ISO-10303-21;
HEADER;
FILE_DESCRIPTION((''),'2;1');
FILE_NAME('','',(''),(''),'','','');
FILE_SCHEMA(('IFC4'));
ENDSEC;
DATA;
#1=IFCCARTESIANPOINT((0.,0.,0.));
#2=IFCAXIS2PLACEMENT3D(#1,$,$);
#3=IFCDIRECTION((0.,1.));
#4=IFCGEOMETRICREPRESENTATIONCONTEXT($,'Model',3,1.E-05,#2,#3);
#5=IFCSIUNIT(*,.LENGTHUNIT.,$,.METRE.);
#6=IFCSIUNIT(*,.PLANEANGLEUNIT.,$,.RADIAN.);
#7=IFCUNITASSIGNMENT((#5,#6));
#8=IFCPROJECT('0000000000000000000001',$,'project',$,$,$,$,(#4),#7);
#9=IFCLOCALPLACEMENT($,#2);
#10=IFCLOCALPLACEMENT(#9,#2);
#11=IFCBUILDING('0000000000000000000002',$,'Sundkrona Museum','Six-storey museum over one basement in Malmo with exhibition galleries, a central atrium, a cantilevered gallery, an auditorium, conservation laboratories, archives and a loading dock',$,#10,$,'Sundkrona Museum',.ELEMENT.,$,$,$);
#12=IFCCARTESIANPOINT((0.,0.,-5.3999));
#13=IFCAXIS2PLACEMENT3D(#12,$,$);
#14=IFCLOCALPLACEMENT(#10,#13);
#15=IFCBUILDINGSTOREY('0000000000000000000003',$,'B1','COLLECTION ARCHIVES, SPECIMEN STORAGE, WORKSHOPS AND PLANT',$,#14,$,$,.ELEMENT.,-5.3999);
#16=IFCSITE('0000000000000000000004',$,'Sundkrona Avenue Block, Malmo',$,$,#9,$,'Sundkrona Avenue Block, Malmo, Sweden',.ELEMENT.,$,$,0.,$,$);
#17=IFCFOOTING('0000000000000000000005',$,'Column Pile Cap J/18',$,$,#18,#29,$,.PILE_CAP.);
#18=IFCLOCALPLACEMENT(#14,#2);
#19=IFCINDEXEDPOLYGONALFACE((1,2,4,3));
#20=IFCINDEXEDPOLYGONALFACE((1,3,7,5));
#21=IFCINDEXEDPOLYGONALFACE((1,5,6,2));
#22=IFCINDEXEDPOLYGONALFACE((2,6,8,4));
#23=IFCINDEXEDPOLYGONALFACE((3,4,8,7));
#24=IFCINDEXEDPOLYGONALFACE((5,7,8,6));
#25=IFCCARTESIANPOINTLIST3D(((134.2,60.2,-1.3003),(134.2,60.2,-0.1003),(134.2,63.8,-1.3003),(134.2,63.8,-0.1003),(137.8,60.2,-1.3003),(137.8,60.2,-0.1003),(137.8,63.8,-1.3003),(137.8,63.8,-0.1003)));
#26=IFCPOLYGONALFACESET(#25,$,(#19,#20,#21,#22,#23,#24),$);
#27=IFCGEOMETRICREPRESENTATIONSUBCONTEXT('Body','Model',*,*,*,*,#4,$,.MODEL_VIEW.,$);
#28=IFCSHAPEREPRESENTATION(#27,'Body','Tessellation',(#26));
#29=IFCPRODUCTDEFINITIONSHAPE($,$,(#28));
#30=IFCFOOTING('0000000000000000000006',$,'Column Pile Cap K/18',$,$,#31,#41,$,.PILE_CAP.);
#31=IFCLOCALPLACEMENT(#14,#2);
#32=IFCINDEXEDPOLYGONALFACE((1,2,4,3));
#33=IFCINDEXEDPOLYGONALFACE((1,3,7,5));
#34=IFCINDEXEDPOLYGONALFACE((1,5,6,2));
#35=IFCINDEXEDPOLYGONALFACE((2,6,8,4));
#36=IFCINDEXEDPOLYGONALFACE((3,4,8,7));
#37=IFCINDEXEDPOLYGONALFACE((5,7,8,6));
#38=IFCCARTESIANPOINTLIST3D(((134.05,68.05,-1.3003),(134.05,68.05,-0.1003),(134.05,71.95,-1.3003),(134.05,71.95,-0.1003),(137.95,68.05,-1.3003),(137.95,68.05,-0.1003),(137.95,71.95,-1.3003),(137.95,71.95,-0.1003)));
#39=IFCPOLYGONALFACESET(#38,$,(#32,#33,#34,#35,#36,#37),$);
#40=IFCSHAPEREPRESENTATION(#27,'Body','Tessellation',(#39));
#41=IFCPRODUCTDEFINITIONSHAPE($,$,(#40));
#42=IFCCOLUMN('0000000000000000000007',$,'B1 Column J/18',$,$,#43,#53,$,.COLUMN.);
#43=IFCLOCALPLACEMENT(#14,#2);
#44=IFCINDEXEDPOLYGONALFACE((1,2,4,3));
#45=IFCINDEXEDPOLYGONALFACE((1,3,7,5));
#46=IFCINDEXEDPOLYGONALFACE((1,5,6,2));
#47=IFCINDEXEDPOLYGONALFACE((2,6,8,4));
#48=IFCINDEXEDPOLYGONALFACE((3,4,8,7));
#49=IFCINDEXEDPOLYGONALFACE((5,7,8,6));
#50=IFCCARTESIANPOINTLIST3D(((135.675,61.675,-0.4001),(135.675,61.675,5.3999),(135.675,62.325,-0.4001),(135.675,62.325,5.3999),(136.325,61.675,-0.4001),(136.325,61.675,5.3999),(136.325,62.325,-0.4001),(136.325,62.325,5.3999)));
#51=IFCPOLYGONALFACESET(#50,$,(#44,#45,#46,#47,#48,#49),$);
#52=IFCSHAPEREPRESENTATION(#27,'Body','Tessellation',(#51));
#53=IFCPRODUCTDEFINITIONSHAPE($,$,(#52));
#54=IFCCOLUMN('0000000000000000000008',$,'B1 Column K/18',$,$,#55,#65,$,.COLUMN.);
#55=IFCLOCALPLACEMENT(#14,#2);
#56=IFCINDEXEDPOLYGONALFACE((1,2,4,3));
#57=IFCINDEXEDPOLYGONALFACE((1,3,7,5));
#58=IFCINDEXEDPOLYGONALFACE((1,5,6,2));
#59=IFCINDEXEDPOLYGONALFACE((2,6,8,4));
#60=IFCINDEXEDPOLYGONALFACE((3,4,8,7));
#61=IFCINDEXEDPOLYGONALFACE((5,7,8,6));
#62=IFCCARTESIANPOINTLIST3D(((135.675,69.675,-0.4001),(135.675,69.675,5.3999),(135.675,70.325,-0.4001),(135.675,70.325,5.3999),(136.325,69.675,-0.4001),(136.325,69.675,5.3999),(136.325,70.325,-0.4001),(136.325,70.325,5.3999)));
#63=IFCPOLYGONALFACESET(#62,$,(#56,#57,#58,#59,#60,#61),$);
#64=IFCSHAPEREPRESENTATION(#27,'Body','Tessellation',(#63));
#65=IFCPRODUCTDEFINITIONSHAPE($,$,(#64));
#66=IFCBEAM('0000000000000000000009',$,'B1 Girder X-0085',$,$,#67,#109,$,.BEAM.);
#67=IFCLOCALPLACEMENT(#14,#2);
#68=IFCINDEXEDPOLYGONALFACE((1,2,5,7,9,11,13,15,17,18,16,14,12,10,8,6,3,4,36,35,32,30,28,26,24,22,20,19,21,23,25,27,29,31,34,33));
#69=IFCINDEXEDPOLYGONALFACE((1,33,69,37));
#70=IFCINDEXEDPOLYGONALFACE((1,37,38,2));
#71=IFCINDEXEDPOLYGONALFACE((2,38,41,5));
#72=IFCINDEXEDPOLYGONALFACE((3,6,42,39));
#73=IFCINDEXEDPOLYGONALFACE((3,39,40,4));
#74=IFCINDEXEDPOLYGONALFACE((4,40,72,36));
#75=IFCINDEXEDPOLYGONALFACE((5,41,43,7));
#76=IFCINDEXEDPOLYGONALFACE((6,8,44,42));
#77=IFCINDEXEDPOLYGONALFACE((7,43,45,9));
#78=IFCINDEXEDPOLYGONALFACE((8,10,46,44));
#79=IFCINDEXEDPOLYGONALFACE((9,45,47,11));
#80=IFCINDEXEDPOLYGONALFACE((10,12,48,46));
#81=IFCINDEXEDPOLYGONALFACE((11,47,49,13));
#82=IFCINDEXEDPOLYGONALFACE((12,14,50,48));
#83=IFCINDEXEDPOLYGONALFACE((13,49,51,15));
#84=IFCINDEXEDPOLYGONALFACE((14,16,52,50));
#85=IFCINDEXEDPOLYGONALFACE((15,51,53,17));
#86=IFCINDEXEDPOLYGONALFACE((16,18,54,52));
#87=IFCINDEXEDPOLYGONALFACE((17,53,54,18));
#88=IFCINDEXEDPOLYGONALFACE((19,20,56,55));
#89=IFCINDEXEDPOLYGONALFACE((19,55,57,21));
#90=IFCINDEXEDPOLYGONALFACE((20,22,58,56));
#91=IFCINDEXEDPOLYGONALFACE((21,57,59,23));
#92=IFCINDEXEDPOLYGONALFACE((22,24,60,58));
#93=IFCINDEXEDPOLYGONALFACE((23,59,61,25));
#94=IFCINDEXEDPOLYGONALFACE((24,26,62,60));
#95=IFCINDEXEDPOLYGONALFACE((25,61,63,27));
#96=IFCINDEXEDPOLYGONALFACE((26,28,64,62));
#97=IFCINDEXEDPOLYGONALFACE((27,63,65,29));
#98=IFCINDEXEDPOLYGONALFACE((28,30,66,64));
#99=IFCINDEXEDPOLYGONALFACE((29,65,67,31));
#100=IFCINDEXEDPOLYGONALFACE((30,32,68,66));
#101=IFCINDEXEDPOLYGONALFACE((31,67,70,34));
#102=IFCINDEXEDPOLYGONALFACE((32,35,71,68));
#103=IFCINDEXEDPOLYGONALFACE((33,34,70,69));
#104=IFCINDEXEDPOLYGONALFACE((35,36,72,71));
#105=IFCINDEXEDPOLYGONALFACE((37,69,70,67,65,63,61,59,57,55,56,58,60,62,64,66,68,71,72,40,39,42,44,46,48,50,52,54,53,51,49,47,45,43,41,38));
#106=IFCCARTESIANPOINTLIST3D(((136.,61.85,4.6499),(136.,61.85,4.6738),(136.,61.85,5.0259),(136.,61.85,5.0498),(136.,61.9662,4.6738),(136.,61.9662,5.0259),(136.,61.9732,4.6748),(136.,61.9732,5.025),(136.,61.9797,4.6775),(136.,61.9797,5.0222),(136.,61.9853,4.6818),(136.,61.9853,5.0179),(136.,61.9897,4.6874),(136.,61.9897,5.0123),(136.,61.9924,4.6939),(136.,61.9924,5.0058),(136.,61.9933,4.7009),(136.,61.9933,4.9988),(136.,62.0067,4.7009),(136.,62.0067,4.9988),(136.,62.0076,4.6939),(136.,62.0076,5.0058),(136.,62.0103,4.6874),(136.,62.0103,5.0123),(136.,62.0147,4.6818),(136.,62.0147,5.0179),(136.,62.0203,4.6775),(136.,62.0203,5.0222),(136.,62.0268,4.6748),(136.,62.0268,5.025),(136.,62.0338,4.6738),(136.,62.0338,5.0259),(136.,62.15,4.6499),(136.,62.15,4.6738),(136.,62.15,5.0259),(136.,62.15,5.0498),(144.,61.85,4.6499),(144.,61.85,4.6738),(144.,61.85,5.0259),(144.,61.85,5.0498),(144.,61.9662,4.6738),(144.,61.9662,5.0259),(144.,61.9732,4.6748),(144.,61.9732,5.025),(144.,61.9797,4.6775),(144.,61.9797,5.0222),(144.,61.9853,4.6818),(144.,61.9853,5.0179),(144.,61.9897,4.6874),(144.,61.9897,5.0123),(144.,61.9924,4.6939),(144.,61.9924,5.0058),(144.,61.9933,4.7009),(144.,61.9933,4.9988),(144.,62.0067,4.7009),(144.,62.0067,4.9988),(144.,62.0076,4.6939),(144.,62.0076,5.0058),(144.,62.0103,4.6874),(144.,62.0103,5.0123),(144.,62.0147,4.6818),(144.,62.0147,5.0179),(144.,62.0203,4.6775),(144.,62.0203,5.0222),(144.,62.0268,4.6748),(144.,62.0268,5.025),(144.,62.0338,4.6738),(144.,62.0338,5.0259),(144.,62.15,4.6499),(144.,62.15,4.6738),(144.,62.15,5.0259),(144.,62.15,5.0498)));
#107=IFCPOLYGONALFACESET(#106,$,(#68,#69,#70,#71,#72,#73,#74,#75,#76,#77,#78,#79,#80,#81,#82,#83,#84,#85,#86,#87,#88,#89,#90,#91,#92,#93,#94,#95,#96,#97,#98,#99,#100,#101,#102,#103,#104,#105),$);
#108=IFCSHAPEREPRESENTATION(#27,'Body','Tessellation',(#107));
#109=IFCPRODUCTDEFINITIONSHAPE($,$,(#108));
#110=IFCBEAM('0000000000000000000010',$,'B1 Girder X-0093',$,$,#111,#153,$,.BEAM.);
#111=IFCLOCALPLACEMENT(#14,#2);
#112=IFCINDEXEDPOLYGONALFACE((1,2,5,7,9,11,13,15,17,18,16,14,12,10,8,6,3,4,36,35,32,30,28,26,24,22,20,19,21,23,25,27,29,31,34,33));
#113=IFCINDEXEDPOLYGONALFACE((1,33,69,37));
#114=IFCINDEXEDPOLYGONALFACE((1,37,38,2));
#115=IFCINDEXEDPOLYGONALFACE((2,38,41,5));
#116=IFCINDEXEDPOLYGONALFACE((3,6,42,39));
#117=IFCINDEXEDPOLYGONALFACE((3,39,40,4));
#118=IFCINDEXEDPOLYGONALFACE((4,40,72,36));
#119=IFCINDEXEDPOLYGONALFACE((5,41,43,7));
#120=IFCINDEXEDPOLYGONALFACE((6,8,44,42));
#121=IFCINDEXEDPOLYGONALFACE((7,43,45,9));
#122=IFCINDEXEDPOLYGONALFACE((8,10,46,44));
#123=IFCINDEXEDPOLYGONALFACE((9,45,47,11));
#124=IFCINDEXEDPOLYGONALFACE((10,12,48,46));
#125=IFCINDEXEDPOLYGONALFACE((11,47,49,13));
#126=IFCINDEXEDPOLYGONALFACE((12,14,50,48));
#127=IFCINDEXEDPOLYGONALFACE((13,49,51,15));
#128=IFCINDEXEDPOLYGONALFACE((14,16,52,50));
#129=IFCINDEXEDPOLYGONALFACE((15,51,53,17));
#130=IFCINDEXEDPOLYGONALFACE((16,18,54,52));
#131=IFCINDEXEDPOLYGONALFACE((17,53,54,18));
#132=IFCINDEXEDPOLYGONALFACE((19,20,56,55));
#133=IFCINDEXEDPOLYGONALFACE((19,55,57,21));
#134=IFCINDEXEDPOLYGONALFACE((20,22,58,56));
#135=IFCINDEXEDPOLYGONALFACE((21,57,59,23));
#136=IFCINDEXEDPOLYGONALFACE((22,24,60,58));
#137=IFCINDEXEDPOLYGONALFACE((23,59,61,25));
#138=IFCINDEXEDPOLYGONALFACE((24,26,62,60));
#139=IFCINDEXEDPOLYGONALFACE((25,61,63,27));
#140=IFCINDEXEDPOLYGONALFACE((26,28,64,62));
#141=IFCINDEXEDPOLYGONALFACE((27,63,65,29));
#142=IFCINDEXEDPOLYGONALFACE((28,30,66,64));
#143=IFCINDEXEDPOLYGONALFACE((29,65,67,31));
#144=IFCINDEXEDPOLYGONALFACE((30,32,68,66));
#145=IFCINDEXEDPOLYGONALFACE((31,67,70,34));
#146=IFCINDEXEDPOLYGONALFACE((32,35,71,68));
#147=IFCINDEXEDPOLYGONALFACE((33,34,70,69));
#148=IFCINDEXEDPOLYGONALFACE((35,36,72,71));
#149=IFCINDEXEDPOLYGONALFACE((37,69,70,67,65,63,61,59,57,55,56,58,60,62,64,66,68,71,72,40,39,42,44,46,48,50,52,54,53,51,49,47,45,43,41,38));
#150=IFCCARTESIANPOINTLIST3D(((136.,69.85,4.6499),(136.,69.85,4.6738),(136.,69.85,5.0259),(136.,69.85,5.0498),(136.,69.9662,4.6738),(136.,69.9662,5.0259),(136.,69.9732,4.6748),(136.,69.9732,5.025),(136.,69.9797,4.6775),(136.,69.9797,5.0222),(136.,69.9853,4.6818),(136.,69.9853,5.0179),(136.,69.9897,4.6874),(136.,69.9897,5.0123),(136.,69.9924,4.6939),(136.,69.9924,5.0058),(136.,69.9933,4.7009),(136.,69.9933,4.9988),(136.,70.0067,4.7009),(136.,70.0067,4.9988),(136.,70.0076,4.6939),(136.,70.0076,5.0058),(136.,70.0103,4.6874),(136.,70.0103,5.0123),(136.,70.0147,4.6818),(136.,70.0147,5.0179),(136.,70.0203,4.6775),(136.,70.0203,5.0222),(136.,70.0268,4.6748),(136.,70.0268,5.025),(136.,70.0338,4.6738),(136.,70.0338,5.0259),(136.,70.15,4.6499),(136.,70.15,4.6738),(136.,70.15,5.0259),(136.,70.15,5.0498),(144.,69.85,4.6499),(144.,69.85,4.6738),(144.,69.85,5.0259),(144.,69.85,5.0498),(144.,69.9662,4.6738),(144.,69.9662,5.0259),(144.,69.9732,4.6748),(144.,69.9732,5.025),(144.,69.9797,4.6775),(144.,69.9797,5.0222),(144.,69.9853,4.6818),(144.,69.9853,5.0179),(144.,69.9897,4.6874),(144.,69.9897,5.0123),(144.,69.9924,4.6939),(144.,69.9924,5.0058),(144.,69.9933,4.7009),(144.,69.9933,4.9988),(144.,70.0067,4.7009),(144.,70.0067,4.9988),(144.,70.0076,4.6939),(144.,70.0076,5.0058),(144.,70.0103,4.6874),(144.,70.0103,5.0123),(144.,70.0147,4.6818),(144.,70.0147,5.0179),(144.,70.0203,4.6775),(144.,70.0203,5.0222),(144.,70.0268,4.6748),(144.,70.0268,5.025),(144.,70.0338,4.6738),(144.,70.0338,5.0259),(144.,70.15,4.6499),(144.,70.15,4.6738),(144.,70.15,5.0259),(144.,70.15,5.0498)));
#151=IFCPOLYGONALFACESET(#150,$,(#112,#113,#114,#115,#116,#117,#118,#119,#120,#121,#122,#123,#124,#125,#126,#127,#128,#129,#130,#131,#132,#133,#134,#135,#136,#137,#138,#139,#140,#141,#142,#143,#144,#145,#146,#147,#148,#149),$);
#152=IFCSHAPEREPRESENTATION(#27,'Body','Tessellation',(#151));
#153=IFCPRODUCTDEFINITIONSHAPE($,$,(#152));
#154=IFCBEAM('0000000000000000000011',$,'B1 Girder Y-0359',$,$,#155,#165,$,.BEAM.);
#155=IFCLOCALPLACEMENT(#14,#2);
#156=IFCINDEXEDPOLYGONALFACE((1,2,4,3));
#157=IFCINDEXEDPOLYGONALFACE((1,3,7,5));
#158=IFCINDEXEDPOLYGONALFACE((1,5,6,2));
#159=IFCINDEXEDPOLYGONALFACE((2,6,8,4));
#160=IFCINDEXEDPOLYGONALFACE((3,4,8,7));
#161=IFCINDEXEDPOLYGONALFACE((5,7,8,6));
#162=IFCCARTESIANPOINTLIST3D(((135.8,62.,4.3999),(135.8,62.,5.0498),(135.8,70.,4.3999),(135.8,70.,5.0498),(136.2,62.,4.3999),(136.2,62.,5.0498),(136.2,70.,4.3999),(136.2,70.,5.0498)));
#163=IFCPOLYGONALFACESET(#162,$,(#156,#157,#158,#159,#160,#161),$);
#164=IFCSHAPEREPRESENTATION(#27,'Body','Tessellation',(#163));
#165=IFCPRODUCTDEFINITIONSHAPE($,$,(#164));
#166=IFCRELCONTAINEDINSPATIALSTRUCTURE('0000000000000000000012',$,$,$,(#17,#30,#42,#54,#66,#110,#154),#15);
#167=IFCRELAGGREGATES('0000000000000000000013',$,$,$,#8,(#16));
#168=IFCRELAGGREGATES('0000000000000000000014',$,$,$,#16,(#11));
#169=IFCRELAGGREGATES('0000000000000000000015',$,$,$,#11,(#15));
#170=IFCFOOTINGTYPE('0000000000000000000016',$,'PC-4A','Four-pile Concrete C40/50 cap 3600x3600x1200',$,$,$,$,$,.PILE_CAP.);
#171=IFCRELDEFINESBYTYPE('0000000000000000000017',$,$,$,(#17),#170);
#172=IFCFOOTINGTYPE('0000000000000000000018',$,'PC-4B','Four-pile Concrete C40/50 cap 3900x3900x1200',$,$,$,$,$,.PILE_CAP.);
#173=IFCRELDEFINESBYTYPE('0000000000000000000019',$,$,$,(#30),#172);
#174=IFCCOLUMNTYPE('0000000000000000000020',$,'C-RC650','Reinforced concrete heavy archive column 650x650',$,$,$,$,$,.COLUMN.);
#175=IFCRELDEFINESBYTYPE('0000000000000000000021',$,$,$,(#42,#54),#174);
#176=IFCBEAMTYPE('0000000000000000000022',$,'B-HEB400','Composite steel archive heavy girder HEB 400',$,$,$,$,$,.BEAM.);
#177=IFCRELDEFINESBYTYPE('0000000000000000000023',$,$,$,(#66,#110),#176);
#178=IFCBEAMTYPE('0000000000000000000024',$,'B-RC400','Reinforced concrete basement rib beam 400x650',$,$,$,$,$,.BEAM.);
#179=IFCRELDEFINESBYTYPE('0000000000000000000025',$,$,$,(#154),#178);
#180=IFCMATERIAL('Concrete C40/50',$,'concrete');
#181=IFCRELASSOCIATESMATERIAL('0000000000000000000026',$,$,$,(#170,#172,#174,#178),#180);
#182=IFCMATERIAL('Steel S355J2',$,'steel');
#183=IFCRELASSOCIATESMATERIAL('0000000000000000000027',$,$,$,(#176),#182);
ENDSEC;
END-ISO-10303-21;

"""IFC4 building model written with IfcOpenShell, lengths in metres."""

from ifc_helpers import new_model, si_unit, direction, frame, origin, origin_2d, place, context, subcontext, project, spatial, rectangle, i_section, extrude, material, material_profile, profile_set, type_object, element, save


model = new_model("IFC4")

# Units and contexts
model_context = context("Model", 3, precision=1e-05, world=origin(), true_north=direction((0.0, 1.0)))
body_context = subcontext(model_context, "Body", "Model", "MODEL_VIEW")
ifc_project = project(units=[si_unit("LENGTHUNIT", "METRE"), si_unit("PLANEANGLEUNIT", "RADIAN")], contexts=[model_context])

# Site, building, storey
site_placement = place(None, origin())
site = spatial("IfcSite", under=ifc_project, at=site_placement, Name="Sundkrona Avenue Block, Malmo", LongName="Sundkrona Avenue Block, Malmo, Sweden", CompositionType="ELEMENT", RefElevation=0.0)
building_placement = place(site_placement, origin())
building = spatial("IfcBuilding", under=site, at=building_placement, Name="Sundkrona Museum", Description="Six-storey museum over one basement in Malmo with exhibition galleries, a central atrium, a cantilevered gallery, an auditorium, conservation laboratories, archives and a loading dock", LongName="Sundkrona Museum", CompositionType="ELEMENT")
storey_placement = place(building_placement, frame((0.0, 0.0, -5.3999)))
storey = spatial("IfcBuildingStorey", under=building, at=storey_placement, Name="B1", Description="COLLECTION ARCHIVES, SPECIMEN STORAGE, WORKSHOPS AND PLANT", CompositionType="ELEMENT", Elevation=-5.3999)

# Shared definitions
ifc_material_1 = material(Name="Concrete C40/50", Category="concrete")

# Footings
footing_type_1 = type_object("IfcFootingType", Name="PC-4A", Description="Four-pile Concrete C40/50 cap 3600x3600x1200", PredefinedType="PILE_CAP", material=ifc_material_1)
footing_1_placement = place(storey_placement, frame((136.0, 62.0, -1.3003), z_axis=(0.0, 0.0, 1.0), x_axis=(1.0, 0.0, 0.0)))
element("IfcFooting", 1, at=footing_1_placement, inside=storey, type_object=footing_type_1, Name="Column Pile Cap J/18", PredefinedType="PILE_CAP", context=body_context, shape_type="SweptSolid", body=[
    extrude(rectangle(XDim=3.6001, YDim=3.6001, at=origin_2d()), origin(), (0.0, 0.0, 1.0), 1.2),
])
footing_type_2 = type_object("IfcFootingType", Name="PC-4B", Description="Four-pile Concrete C40/50 cap 3900x3900x1200", PredefinedType="PILE_CAP", material=ifc_material_1)
footing_2_placement = place(storey_placement, frame((136.0, 70.0, -1.3003), z_axis=(0.0, 0.0, 1.0), x_axis=(1.0, 0.0, 0.0)))
element("IfcFooting", 2, at=footing_2_placement, inside=storey, type_object=footing_type_2, Name="Column Pile Cap K/18", PredefinedType="PILE_CAP", context=body_context, shape_type="SweptSolid", body=[
    extrude(rectangle(XDim=3.8999, YDim=3.8999, at=origin_2d()), origin(), (0.0, 0.0, 1.0), 1.2),
])

# Columns
ifc_material_profile_1 = material_profile(ifc_material_1, rectangle(XDim=0.6499, YDim=0.6499, at=origin_2d()), Name="RC 650x650")
ifc_profile_set_1 = profile_set([ifc_material_profile_1], Name="Concrete C40/50")
column_type = type_object("IfcColumnType", Name="C-RC650", Description="Reinforced concrete heavy archive column 650x650", PredefinedType="COLUMN", material=ifc_profile_set_1)
for number, where, z_axis, x_axis, name in (
    (3, (136.0, 62.0, -0.4001), (0.0, 0.0, 1.0), (1.0, 0.0, 0.0), "B1 Column J/18"),
    (4, (136.0, 70.0, -0.4001), (0.0, 0.0, 1.0), (1.0, 0.0, 0.0), "B1 Column K/18"),
):
    element("IfcColumn", number, at=place(storey_placement, frame(where, z_axis=z_axis, x_axis=x_axis)), inside=storey, type_object=column_type, Name=name, PredefinedType="COLUMN", context=body_context, shape_type="SweptSolid", body=[
        extrude(rectangle(XDim=0.6499, YDim=0.6499, at=origin_2d()), origin(), (0.0, 0.0, 1.0), 5.8),
    ])

# Beams
ifc_material_2 = material(Name="Steel S355J2", Category="steel")
ifc_material_profile_2 = material_profile(ifc_material_2, i_section(OverallWidth=0.3, OverallDepth=0.3999, WebThickness=0.0134, FlangeThickness=0.0239, FilletRadius=0.0271, at=origin_2d()), Name="HEB 400")
ifc_profile_set_2 = profile_set([ifc_material_profile_2], Name="Steel S355J2")
beam_type_1 = type_object("IfcBeamType", Name="B-HEB400", Description="Composite steel archive heavy girder HEB 400", PredefinedType="BEAM", material=ifc_profile_set_2)
for number, where, z_axis, x_axis, name in (
    (5, (136.0, 62.0, 4.8499), (1.0, 0.0, 0.0), (0.0, 1.0, 0.0), "B1 Girder X-0085"),
    (6, (136.0, 70.0, 4.8499), (1.0, 0.0, 0.0), (0.0, 1.0, 0.0), "B1 Girder X-0093"),
):
    element("IfcBeam", number, at=place(storey_placement, frame(where, z_axis=z_axis, x_axis=x_axis)), inside=storey, type_object=beam_type_1, Name=name, PredefinedType="BEAM", context=body_context, shape_type="SweptSolid", body=[
        extrude(i_section(OverallWidth=0.3, OverallDepth=0.3999, WebThickness=0.0134, FlangeThickness=0.0239, FilletRadius=0.0271, at=origin_2d()), origin(), (0.0, 0.0, 1.0), 8.0),
    ])
ifc_material_profile_3 = material_profile(ifc_material_1, rectangle(XDim=0.3999, YDim=0.6499, at=origin_2d()), Name="RCB 400x650")
ifc_profile_set_3 = profile_set([ifc_material_profile_3], Name="Concrete C40/50")
beam_type_2 = type_object("IfcBeamType", Name="B-RC400", Description="Reinforced concrete basement rib beam 400x650", PredefinedType="BEAM", material=ifc_profile_set_3)
beam_1_placement = place(storey_placement, frame((136.0, 62.0, 4.7249), z_axis=(0.0, 1.0, 0.0), x_axis=(-1.0, 0.0, 0.0)))
element("IfcBeam", 7, at=beam_1_placement, inside=storey, type_object=beam_type_2, Name="B1 Girder Y-0359", PredefinedType="BEAM", context=body_context, shape_type="SweptSolid", body=[
    extrude(rectangle(XDim=0.3999, YDim=0.6499, at=origin_2d()), origin(), (0.0, 0.0, 1.0), 8.0),
])

save(model, "model.ifc")
